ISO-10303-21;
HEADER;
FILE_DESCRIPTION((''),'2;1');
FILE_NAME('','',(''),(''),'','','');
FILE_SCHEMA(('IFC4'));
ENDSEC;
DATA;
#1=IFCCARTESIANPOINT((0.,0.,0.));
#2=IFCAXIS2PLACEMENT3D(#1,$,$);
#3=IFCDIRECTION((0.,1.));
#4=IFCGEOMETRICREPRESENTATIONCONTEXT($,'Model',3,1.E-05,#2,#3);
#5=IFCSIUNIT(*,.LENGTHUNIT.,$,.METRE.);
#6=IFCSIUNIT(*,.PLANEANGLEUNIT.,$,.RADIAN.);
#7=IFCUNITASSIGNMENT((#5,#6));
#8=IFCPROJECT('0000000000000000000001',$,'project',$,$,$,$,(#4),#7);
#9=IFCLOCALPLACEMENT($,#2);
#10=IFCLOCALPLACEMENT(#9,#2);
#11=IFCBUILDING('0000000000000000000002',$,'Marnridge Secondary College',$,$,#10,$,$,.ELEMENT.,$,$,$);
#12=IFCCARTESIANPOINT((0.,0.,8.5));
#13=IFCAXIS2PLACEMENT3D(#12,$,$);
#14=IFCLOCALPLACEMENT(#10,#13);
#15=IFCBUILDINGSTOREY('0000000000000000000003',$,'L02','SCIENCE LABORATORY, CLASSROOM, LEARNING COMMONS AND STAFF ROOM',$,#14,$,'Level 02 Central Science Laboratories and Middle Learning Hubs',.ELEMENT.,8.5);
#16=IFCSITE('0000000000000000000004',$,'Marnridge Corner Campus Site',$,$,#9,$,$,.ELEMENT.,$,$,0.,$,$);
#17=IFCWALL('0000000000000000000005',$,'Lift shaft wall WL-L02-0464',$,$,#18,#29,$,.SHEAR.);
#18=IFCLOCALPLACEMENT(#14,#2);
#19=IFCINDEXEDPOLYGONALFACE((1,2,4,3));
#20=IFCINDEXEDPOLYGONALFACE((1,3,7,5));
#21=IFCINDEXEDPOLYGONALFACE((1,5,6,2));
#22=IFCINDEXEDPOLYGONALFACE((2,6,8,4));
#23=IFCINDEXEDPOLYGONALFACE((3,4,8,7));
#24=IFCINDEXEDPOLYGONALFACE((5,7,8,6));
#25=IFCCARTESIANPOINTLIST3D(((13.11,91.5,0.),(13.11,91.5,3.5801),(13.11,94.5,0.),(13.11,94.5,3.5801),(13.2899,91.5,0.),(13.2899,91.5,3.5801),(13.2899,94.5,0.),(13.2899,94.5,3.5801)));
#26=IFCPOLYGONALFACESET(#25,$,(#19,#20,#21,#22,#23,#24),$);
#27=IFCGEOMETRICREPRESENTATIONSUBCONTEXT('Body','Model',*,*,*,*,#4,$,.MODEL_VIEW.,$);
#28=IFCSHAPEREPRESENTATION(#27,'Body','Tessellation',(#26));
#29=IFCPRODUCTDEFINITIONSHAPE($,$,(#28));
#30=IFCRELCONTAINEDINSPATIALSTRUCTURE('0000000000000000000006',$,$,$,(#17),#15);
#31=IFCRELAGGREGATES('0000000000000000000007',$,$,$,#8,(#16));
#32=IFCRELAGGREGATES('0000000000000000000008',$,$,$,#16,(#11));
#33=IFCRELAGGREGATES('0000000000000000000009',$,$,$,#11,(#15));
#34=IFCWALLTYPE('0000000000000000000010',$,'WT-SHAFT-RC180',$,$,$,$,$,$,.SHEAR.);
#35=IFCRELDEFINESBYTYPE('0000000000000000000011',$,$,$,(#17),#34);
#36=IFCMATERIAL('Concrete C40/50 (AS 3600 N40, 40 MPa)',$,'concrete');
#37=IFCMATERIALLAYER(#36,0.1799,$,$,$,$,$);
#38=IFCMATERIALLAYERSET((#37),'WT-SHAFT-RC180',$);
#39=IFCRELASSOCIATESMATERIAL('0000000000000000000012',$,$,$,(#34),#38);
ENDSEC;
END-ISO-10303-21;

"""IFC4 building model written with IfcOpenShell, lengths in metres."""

from ifc_helpers import new_model, si_unit, direction, frame, frame_2d, origin, place, context, subcontext, project, spatial, rectangle, extrude, material, layer, layer_set, type_object, element, save


model = new_model("IFC4")

# Units and contexts
model_context = context("Model", 3, precision=1e-05, world=origin(), true_north=direction((0.0, 1.0)))
body_context = subcontext(model_context, "Body", "Model", "MODEL_VIEW")
ifc_project = project(units=[si_unit("LENGTHUNIT", "METRE"), si_unit("PLANEANGLEUNIT", "RADIAN")], contexts=[model_context])

# Site, building, storey
site_placement = place(None, origin())
site = spatial("IfcSite", under=ifc_project, at=site_placement, Name="Marnridge Corner Campus Site", CompositionType="ELEMENT", RefElevation=0.0)
building_placement = place(site_placement, origin())
building = spatial("IfcBuilding", under=site, at=building_placement, Name="Marnridge Secondary College", CompositionType="ELEMENT")
storey_placement = place(building_placement, frame((0.0, 0.0, 8.5)))
storey = spatial("IfcBuildingStorey", under=building, at=storey_placement, Name="L02", Description="SCIENCE LABORATORY, CLASSROOM, LEARNING COMMONS AND STAFF ROOM", LongName="Level 02 Central Science Laboratories and Middle Learning Hubs", CompositionType="ELEMENT", Elevation=8.5)

# Wall
ifc_material_1 = material(Name="Concrete C40/50 (AS 3600 N40, 40 MPa)", Category="concrete")
ifc_layer_1 = layer(ifc_material_1, 0.1799)
ifc_layer_set_1 = layer_set([ifc_layer_1], Name="WT-SHAFT-RC180")
wall_type_1 = type_object("IfcWallType", Name="WT-SHAFT-RC180", PredefinedType="SHEAR", material=ifc_layer_set_1)
wall_1_placement = place(storey_placement, frame((13.2, 94.5, 0.0), z_axis=(0.0, 0.0, 1.0), x_axis=(0.0, -1.0, 0.0)))
element("IfcWall", 1, at=wall_1_placement, inside=storey, type_object=wall_type_1, Name="Lift shaft wall WL-L02-0464", PredefinedType="SHEAR", context=body_context, shape_type="SweptSolid", body=[
    extrude(rectangle(XDim=3.0, YDim=0.1799, at=frame_2d((1.5, 0.0))), origin(), (0.0, 0.0, 1.0), 3.5801),
])

save(model, "model.ifc")
